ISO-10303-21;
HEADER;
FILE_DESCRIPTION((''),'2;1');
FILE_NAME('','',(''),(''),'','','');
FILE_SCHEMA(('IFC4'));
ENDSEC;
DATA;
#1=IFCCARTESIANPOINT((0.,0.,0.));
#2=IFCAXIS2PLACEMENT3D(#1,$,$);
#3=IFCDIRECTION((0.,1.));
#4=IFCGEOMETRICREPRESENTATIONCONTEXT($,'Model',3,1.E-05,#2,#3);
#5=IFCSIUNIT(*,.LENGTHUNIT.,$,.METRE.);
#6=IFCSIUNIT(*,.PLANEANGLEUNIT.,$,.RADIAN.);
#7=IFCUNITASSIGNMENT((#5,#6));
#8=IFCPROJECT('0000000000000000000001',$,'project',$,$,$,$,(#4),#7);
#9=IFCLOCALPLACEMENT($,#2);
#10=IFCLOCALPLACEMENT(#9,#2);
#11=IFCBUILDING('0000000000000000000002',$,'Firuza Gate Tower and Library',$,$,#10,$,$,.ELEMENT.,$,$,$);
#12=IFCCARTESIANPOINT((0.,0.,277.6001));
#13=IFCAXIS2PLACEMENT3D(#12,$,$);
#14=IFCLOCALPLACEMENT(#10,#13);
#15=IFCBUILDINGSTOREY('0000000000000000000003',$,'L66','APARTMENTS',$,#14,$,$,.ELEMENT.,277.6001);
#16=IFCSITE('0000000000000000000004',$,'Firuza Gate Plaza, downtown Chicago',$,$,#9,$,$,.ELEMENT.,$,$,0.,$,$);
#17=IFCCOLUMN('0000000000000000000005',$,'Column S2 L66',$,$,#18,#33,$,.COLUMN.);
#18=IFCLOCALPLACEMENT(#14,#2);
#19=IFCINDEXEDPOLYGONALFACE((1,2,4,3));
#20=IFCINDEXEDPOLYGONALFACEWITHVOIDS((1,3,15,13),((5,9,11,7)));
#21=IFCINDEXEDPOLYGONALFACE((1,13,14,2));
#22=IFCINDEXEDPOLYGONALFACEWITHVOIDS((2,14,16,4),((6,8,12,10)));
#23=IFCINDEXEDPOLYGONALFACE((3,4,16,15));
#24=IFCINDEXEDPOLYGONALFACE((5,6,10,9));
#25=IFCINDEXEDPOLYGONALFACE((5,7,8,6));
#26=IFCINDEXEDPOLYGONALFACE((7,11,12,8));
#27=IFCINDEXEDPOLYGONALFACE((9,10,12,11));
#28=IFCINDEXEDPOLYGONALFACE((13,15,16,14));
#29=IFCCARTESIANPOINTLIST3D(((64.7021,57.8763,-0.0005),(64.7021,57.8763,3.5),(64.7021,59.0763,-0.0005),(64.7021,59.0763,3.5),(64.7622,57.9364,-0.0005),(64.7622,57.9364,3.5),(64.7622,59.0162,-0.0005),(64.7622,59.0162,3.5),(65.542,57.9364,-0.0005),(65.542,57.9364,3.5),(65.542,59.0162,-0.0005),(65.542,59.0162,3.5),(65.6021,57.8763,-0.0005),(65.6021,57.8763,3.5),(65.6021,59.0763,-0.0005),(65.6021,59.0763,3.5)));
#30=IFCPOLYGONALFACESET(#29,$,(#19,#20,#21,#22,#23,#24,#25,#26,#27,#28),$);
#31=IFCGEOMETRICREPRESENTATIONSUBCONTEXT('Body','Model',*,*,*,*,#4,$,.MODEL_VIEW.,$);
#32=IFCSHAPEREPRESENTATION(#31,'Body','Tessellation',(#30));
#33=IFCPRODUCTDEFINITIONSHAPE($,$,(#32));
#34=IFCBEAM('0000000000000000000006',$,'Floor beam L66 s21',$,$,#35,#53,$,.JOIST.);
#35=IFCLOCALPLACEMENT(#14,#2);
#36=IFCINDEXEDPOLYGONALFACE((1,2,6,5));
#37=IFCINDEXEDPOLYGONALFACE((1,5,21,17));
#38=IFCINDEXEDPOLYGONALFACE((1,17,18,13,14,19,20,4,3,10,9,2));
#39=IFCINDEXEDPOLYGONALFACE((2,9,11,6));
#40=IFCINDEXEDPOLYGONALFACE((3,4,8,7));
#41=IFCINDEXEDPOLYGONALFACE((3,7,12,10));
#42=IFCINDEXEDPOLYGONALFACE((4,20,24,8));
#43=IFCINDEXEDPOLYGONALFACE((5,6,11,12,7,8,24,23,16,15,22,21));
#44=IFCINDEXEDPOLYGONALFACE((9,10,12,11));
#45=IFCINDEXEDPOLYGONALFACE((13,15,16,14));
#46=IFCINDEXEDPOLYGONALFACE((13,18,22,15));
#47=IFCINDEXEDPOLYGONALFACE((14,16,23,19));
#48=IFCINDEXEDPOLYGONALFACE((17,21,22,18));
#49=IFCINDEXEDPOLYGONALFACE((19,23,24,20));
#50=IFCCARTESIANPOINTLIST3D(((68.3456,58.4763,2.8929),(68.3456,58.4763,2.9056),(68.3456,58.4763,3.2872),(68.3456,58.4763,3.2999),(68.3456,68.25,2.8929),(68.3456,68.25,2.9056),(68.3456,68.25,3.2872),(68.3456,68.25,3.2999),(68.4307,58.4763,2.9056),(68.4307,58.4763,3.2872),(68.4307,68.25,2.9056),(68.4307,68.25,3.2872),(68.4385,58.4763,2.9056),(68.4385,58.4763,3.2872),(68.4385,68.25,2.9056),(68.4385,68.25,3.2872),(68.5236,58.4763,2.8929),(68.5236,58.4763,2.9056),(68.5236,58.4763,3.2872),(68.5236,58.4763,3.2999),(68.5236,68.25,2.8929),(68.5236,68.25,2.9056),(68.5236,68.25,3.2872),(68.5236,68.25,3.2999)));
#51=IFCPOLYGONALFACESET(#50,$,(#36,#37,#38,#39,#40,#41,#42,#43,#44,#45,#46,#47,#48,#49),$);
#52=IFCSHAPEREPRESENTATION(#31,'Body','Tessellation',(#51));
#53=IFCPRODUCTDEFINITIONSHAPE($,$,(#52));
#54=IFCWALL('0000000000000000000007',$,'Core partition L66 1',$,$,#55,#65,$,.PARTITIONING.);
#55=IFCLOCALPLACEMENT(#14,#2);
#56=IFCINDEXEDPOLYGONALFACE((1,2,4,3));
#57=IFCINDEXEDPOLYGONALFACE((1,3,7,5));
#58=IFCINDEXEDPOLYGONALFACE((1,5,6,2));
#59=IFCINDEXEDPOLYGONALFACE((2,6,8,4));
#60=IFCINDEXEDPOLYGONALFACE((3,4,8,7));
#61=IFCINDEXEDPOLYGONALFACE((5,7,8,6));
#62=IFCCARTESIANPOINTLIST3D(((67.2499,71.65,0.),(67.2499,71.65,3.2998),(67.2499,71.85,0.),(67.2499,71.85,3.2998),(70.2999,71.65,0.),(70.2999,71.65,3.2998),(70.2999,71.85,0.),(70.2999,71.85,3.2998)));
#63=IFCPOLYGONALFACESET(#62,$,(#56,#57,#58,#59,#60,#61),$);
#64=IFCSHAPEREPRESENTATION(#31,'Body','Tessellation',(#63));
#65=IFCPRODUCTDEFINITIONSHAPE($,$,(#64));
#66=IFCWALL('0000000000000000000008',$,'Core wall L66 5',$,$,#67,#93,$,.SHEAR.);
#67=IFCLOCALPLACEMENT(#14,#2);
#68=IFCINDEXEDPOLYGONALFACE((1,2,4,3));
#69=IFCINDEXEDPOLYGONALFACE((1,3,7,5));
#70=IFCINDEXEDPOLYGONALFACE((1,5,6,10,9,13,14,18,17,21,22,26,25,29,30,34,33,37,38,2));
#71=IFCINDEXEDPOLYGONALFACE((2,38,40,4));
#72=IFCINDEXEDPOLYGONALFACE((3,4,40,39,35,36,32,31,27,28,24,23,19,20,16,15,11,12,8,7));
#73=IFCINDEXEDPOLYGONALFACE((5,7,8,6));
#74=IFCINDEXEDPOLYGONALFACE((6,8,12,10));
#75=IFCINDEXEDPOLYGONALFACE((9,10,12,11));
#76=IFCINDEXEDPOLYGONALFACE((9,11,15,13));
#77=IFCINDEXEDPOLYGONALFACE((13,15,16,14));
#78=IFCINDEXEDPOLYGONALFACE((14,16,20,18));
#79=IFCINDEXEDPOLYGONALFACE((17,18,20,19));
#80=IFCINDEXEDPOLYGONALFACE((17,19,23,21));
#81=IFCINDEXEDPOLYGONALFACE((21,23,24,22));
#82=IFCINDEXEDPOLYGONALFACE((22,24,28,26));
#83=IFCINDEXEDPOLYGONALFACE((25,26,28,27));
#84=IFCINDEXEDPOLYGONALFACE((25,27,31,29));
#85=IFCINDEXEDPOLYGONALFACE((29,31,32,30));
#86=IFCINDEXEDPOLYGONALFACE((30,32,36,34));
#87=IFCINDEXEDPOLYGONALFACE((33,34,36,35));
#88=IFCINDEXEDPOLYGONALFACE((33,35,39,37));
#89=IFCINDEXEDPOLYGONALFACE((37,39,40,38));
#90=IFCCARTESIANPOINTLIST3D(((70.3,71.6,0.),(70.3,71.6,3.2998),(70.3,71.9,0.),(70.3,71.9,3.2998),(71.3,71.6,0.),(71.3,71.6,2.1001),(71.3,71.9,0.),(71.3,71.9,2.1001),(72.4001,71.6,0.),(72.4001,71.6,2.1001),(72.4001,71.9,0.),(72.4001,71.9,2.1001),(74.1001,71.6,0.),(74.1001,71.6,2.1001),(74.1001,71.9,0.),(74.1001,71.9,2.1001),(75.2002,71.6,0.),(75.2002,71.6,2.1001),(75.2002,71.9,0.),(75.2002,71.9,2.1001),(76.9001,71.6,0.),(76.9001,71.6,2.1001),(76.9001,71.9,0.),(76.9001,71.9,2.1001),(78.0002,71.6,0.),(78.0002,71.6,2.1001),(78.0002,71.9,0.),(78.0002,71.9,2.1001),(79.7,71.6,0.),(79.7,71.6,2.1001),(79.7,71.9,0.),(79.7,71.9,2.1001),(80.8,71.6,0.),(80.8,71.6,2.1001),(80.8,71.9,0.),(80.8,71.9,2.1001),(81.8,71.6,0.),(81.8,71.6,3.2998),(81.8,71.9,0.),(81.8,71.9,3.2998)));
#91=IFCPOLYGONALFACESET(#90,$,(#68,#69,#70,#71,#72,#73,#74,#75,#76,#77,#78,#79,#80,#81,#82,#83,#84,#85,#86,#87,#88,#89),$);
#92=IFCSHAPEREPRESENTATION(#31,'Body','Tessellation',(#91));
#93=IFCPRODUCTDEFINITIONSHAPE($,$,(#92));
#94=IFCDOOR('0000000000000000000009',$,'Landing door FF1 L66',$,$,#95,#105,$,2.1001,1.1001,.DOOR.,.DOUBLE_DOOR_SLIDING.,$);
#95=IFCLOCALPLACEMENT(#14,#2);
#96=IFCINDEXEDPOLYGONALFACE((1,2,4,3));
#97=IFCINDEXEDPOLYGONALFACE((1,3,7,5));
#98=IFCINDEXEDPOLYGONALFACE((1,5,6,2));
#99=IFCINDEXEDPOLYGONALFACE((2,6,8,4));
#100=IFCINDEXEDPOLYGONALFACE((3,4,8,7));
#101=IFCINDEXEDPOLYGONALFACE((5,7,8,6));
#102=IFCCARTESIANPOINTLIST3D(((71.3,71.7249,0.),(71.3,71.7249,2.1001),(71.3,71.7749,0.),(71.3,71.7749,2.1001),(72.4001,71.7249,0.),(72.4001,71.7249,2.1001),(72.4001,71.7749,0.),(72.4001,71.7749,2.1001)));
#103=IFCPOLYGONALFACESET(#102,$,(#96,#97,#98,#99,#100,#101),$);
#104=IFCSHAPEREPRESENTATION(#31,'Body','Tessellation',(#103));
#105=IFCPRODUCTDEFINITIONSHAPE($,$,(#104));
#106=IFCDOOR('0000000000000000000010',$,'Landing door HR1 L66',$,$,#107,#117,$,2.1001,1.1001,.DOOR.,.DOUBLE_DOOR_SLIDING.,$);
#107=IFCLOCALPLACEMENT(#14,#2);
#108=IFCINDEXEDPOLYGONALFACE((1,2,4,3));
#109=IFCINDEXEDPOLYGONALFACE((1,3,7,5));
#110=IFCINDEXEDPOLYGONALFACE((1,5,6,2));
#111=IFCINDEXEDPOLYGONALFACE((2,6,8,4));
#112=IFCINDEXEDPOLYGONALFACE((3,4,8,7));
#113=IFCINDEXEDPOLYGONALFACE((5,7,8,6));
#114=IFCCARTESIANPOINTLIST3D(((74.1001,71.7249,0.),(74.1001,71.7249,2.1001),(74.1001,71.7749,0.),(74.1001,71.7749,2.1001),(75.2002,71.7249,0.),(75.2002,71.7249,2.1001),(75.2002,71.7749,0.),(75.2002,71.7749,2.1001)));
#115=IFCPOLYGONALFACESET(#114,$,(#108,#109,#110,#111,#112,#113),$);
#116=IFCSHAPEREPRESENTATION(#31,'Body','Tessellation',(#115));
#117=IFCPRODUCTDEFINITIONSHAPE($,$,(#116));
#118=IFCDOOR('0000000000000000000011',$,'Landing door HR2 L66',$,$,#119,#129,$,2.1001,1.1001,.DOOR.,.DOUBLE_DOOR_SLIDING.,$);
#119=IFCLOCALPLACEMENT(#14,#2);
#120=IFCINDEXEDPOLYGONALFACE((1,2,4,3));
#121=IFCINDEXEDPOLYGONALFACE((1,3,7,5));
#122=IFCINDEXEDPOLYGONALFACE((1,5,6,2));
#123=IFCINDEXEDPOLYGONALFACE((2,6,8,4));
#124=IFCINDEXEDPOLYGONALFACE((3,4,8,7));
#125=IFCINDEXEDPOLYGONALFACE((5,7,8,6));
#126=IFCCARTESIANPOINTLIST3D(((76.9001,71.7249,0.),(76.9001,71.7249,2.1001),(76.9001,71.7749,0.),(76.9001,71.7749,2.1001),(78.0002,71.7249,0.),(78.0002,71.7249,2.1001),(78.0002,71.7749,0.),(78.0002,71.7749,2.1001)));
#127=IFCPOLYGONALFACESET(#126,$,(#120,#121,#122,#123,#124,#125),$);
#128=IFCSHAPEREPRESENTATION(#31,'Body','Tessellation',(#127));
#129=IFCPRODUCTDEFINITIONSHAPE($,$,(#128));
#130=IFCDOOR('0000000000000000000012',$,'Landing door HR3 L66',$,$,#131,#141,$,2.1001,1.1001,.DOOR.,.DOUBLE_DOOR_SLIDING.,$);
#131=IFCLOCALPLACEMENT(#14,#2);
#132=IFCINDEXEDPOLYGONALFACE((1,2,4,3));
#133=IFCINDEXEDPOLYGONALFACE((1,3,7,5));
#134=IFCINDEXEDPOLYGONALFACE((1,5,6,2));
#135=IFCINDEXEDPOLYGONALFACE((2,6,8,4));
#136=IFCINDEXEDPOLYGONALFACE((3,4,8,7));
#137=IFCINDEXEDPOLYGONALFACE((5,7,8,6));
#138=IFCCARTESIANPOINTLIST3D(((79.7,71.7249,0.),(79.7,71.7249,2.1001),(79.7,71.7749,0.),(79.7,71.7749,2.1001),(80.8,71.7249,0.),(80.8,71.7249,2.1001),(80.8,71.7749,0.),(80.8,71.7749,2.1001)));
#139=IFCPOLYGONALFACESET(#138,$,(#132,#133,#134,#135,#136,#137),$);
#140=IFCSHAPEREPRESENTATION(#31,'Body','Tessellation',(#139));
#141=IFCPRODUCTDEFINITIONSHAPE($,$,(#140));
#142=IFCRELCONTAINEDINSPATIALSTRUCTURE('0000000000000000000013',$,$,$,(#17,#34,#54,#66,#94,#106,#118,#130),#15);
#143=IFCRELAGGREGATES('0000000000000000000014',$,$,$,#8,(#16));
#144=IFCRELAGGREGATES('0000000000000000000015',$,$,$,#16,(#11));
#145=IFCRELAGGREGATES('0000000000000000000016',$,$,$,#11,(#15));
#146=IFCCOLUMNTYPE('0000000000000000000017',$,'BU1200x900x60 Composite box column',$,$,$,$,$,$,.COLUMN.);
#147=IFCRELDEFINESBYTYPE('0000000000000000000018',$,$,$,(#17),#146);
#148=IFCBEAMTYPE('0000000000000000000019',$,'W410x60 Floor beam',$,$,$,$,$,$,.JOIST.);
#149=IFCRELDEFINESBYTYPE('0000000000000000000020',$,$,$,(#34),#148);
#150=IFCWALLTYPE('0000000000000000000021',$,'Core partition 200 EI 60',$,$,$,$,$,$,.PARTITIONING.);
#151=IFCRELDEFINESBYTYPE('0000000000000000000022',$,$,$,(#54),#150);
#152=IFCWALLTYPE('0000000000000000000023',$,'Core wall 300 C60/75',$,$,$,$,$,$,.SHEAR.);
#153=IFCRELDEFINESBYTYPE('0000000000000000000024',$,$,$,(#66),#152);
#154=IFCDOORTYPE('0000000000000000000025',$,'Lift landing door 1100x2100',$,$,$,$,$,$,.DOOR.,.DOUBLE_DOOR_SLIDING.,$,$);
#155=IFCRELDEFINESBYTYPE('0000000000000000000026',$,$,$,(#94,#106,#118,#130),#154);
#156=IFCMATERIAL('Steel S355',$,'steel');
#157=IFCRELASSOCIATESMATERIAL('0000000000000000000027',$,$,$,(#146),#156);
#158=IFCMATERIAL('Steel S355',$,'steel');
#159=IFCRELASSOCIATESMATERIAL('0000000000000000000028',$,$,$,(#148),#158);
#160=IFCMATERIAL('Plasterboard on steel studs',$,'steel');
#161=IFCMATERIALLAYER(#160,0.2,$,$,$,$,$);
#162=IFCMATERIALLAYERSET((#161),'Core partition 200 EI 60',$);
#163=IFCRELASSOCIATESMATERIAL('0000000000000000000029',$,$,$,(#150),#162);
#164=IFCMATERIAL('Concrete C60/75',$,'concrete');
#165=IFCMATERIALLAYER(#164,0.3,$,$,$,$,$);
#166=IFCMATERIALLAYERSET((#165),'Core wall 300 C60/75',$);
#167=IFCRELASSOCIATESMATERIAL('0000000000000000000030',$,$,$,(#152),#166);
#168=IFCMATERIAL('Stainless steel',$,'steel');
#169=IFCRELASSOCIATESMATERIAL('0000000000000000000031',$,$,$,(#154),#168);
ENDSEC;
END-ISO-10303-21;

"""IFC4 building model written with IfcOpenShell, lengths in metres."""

from ifc_helpers import new_model, si_unit, direction, frame, frame_2d, origin, origin_2d, place, context, subcontext, project, spatial, rectangle, hollow_rectangle, i_section, extrude, material, layer, layer_set, material_profile, profile_set, type_object, element, fill, save


model = new_model("IFC4")

# Units and contexts
model_context = context("Model", 3, precision=1e-05, world=origin(), true_north=direction((0.0, 1.0)))
body_context = subcontext(model_context, "Body", "Model", "MODEL_VIEW")
ifc_project = project(units=[si_unit("LENGTHUNIT", "METRE"), si_unit("PLANEANGLEUNIT", "RADIAN")], contexts=[model_context])

# Site, building, storey
site_placement = place(None, origin())
site = spatial("IfcSite", under=ifc_project, at=site_placement, Name="Firuza Gate Plaza, downtown Chicago", CompositionType="ELEMENT", RefElevation=0.0)
building_placement = place(site_placement, origin())
building = spatial("IfcBuilding", under=site, at=building_placement, Name="Firuza Gate Tower and Library", CompositionType="ELEMENT")
storey_placement = place(building_placement, frame((0.0, 0.0, 277.6001)))
storey = spatial("IfcBuildingStorey", under=building, at=storey_placement, Name="L66", Description="APARTMENTS", CompositionType="ELEMENT", Elevation=277.6001)

# Column
ifc_material_1 = material(Name="Steel S355", Category="steel")
ifc_material_profile_1 = material_profile(ifc_material_1, hollow_rectangle(XDim=0.8999, YDim=1.2, WallThickness=0.0601, at=origin_2d()))
ifc_profile_set_1 = profile_set([ifc_material_profile_1], Name="Steel S355")
column_type = type_object("IfcColumnType", Name="BU1200x900x60 Composite box column", PredefinedType="COLUMN", material=ifc_profile_set_1)
column_placement = place(storey_placement, frame((65.1521, 58.4763, -0.0005), z_axis=(0.0, 0.0, 1.0), x_axis=(1.0, 0.0, 0.0)))
element("IfcColumn", 1, at=column_placement, inside=storey, type_object=column_type, Name="Column S2 L66", PredefinedType="COLUMN", context=body_context, shape_type="SweptSolid", body=[
    extrude(hollow_rectangle(XDim=0.8999, YDim=1.2, WallThickness=0.0601, at=origin_2d()), origin(), (0.0, 0.0, 1.0), 3.5005),
])

# Beam
ifc_material_2 = material(Name="Steel S355", Category="steel")
ifc_material_profile_2 = material_profile(ifc_material_2, i_section(OverallWidth=0.178, OverallDepth=0.407, WebThickness=0.0078, FlangeThickness=0.0127, at=origin_2d()))
ifc_profile_set_2 = profile_set([ifc_material_profile_2], Name="Steel S355")
beam_type = type_object("IfcBeamType", Name="W410x60 Floor beam", PredefinedType="JOIST", material=ifc_profile_set_2)
beam_placement = place(storey_placement, frame((68.4346, 58.4763, 3.0964), z_axis=(0.0, 1.0, 0.0), x_axis=(-1.0, 0.0, 0.0)))
element("IfcBeam", 2, at=beam_placement, inside=storey, type_object=beam_type, Name="Floor beam L66 s21", PredefinedType="JOIST", context=body_context, shape_type="SweptSolid", body=[
    extrude(i_section(OverallWidth=0.178, OverallDepth=0.407, WebThickness=0.0078, FlangeThickness=0.0127, at=origin_2d()), origin(), (0.0, 0.0, 1.0), 9.7737),
])

# Wall
ifc_material_3 = material(Name="Plasterboard on steel studs", Category="steel")
ifc_layer_1 = layer(ifc_material_3, 0.2)
ifc_layer_set_1 = layer_set([ifc_layer_1], Name="Core partition 200 EI 60")
wall_type_1 = type_object("IfcWallType", Name="Core partition 200 EI 60", PredefinedType="PARTITIONING", material=ifc_layer_set_1)
wall_1_placement = place(storey_placement, frame((67.25, 71.75, 0.0), z_axis=(0.0, 0.0, 1.0), x_axis=(1.0, 0.0, 0.0)))
element("IfcWall", 3, at=wall_1_placement, inside=storey, type_object=wall_type_1, Name="Core partition L66 1", PredefinedType="PARTITIONING", context=body_context, shape_type="SweptSolid", body=[
    extrude(rectangle(XDim=3.05, YDim=0.2, at=frame_2d((1.5249, 0.0))), origin(), (0.0, 0.0, 1.0), 3.2998),
])

# Wall, openings, doors
ifc_material_4 = material(Name="Concrete C60/75", Category="concrete")
ifc_layer_2 = layer(ifc_material_4, 0.3)
ifc_layer_set_2 = layer_set([ifc_layer_2], Name="Core wall 300 C60/75")
wall_type_2 = type_object("IfcWallType", Name="Core wall 300 C60/75", PredefinedType="SHEAR", material=ifc_layer_set_2)
wall_2_placement = place(storey_placement, frame((70.3, 71.75, 0.0), z_axis=(0.0, 0.0, 1.0), x_axis=(1.0, 0.0, 0.0)))
wall_2 = element("IfcWall", 4, at=wall_2_placement, inside=storey, type_object=wall_type_2, Name="Core wall L66 5", PredefinedType="SHEAR", context=body_context, shape_type="SweptSolid", body=[
    extrude(rectangle(XDim=11.5, YDim=0.3, at=frame_2d((5.75, 0.0))), origin(), (0.0, 0.0, 1.0), 3.2998),
])
opening_1_placement = place(wall_2_placement, frame((1.0, 0.0, 0.0)))
opening_1 = element("IfcOpeningElement", 5, at=opening_1_placement, cuts=wall_2, PredefinedType="OPENING", context=body_context, shape_type="SweptSolid", body=[
    extrude(rectangle(XDim=1.1001, YDim=2.1001, at=frame_2d((0.55, 1.05))), frame((0.0, 0.1602, 0.0), z_axis=(0.0, -1.0, 0.0), x_axis=(1.0, 0.0, 0.0)), (0.0, 0.0, 1.0), 0.3201),
])
opening_2_placement = place(wall_2_placement, frame((3.8, 0.0, 0.0)))
opening_2 = element("IfcOpeningElement", 6, at=opening_2_placement, cuts=wall_2, PredefinedType="OPENING", context=body_context, shape_type="SweptSolid", body=[
    extrude(rectangle(XDim=1.1001, YDim=2.1001, at=frame_2d((0.55, 1.05))), frame((0.0, 0.1602, 0.0), z_axis=(0.0, -1.0, 0.0), x_axis=(1.0, 0.0, 0.0)), (0.0, 0.0, 1.0), 0.3201),
])
opening_3_placement = place(wall_2_placement, frame((6.6001, 0.0, 0.0)))
opening_3 = element("IfcOpeningElement", 7, at=opening_3_placement, cuts=wall_2, PredefinedType="OPENING", context=body_context, shape_type="SweptSolid", body=[
    extrude(rectangle(XDim=1.1001, YDim=2.1001, at=frame_2d((0.55, 1.05))), frame((0.0, 0.1602, 0.0), z_axis=(0.0, -1.0, 0.0), x_axis=(1.0, 0.0, 0.0)), (0.0, 0.0, 1.0), 0.3201),
])
opening_4_placement = place(wall_2_placement, frame((9.3999, 0.0, 0.0)))
opening_4 = element("IfcOpeningElement", 8, at=opening_4_placement, cuts=wall_2, PredefinedType="OPENING", context=body_context, shape_type="SweptSolid", body=[
    extrude(rectangle(XDim=1.1001, YDim=2.1001, at=frame_2d((0.55, 1.05))), frame((0.0, 0.1602, 0.0), z_axis=(0.0, -1.0, 0.0), x_axis=(1.0, 0.0, 0.0)), (0.0, 0.0, 1.0), 0.3201),
])
ifc_material_5 = material(Name="Stainless steel", Category="steel")
door_type_1 = type_object("IfcDoorType", Name="Lift landing door 1100x2100", OperationType="DOUBLE_DOOR_SLIDING", PredefinedType="DOOR", material=ifc_material_5)
door_1_placement = place(opening_1_placement, origin())
door_1 = element("IfcDoor", 9, at=door_1_placement, inside=storey, type_object=door_type_1, Name="Landing door FF1 L66", OperationType="DOUBLE_DOOR_SLIDING", OverallHeight=2.1001, OverallWidth=1.1001, PredefinedType="DOOR", context=body_context, shape_type="SweptSolid", body=[
    extrude(rectangle(XDim=1.1001, YDim=2.1001, at=frame_2d((0.55, 1.05))), frame((0.0, 0.0249, 0.0), z_axis=(0.0, -1.0, 0.0), x_axis=(1.0, 0.0, 0.0)), (0.0, 0.0, 1.0), 0.05),
])
fill(opening_1, door_1)
door_2_placement = place(opening_2_placement, origin())
door_2 = element("IfcDoor", 10, at=door_2_placement, inside=storey, type_object=door_type_1, Name="Landing door HR1 L66", OperationType="DOUBLE_DOOR_SLIDING", OverallHeight=2.1001, OverallWidth=1.1001, PredefinedType="DOOR", context=body_context, shape_type="SweptSolid", body=[
    extrude(rectangle(XDim=1.1001, YDim=2.1001, at=frame_2d((0.55, 1.05))), frame((0.0, 0.0249, 0.0), z_axis=(0.0, -1.0, 0.0), x_axis=(1.0, 0.0, 0.0)), (0.0, 0.0, 1.0), 0.05),
])
fill(opening_2, door_2)
door_3_placement = place(opening_3_placement, origin())
door_3 = element("IfcDoor", 11, at=door_3_placement, inside=storey, type_object=door_type_1, Name="Landing door HR2 L66", OperationType="DOUBLE_DOOR_SLIDING", OverallHeight=2.1001, OverallWidth=1.1001, PredefinedType="DOOR", context=body_context, shape_type="SweptSolid", body=[
    extrude(rectangle(XDim=1.1001, YDim=2.1001, at=frame_2d((0.55, 1.05))), frame((0.0, 0.0249, 0.0), z_axis=(0.0, -1.0, 0.0), x_axis=(1.0, 0.0, 0.0)), (0.0, 0.0, 1.0), 0.05),
])
fill(opening_3, door_3)
door_4_placement = place(opening_4_placement, origin())
door_4 = element("IfcDoor", 12, at=door_4_placement, inside=storey, type_object=door_type_1, Name="Landing door HR3 L66", OperationType="DOUBLE_DOOR_SLIDING", OverallHeight=2.1001, OverallWidth=1.1001, PredefinedType="DOOR", context=body_context, shape_type="SweptSolid", body=[
    extrude(rectangle(XDim=1.1001, YDim=2.1001, at=frame_2d((0.55, 1.05))), frame((0.0, 0.0249, 0.0), z_axis=(0.0, -1.0, 0.0), x_axis=(1.0, 0.0, 0.0)), (0.0, 0.0, 1.0), 0.05),
])
fill(opening_4, door_4)

save(model, "model.ifc")
